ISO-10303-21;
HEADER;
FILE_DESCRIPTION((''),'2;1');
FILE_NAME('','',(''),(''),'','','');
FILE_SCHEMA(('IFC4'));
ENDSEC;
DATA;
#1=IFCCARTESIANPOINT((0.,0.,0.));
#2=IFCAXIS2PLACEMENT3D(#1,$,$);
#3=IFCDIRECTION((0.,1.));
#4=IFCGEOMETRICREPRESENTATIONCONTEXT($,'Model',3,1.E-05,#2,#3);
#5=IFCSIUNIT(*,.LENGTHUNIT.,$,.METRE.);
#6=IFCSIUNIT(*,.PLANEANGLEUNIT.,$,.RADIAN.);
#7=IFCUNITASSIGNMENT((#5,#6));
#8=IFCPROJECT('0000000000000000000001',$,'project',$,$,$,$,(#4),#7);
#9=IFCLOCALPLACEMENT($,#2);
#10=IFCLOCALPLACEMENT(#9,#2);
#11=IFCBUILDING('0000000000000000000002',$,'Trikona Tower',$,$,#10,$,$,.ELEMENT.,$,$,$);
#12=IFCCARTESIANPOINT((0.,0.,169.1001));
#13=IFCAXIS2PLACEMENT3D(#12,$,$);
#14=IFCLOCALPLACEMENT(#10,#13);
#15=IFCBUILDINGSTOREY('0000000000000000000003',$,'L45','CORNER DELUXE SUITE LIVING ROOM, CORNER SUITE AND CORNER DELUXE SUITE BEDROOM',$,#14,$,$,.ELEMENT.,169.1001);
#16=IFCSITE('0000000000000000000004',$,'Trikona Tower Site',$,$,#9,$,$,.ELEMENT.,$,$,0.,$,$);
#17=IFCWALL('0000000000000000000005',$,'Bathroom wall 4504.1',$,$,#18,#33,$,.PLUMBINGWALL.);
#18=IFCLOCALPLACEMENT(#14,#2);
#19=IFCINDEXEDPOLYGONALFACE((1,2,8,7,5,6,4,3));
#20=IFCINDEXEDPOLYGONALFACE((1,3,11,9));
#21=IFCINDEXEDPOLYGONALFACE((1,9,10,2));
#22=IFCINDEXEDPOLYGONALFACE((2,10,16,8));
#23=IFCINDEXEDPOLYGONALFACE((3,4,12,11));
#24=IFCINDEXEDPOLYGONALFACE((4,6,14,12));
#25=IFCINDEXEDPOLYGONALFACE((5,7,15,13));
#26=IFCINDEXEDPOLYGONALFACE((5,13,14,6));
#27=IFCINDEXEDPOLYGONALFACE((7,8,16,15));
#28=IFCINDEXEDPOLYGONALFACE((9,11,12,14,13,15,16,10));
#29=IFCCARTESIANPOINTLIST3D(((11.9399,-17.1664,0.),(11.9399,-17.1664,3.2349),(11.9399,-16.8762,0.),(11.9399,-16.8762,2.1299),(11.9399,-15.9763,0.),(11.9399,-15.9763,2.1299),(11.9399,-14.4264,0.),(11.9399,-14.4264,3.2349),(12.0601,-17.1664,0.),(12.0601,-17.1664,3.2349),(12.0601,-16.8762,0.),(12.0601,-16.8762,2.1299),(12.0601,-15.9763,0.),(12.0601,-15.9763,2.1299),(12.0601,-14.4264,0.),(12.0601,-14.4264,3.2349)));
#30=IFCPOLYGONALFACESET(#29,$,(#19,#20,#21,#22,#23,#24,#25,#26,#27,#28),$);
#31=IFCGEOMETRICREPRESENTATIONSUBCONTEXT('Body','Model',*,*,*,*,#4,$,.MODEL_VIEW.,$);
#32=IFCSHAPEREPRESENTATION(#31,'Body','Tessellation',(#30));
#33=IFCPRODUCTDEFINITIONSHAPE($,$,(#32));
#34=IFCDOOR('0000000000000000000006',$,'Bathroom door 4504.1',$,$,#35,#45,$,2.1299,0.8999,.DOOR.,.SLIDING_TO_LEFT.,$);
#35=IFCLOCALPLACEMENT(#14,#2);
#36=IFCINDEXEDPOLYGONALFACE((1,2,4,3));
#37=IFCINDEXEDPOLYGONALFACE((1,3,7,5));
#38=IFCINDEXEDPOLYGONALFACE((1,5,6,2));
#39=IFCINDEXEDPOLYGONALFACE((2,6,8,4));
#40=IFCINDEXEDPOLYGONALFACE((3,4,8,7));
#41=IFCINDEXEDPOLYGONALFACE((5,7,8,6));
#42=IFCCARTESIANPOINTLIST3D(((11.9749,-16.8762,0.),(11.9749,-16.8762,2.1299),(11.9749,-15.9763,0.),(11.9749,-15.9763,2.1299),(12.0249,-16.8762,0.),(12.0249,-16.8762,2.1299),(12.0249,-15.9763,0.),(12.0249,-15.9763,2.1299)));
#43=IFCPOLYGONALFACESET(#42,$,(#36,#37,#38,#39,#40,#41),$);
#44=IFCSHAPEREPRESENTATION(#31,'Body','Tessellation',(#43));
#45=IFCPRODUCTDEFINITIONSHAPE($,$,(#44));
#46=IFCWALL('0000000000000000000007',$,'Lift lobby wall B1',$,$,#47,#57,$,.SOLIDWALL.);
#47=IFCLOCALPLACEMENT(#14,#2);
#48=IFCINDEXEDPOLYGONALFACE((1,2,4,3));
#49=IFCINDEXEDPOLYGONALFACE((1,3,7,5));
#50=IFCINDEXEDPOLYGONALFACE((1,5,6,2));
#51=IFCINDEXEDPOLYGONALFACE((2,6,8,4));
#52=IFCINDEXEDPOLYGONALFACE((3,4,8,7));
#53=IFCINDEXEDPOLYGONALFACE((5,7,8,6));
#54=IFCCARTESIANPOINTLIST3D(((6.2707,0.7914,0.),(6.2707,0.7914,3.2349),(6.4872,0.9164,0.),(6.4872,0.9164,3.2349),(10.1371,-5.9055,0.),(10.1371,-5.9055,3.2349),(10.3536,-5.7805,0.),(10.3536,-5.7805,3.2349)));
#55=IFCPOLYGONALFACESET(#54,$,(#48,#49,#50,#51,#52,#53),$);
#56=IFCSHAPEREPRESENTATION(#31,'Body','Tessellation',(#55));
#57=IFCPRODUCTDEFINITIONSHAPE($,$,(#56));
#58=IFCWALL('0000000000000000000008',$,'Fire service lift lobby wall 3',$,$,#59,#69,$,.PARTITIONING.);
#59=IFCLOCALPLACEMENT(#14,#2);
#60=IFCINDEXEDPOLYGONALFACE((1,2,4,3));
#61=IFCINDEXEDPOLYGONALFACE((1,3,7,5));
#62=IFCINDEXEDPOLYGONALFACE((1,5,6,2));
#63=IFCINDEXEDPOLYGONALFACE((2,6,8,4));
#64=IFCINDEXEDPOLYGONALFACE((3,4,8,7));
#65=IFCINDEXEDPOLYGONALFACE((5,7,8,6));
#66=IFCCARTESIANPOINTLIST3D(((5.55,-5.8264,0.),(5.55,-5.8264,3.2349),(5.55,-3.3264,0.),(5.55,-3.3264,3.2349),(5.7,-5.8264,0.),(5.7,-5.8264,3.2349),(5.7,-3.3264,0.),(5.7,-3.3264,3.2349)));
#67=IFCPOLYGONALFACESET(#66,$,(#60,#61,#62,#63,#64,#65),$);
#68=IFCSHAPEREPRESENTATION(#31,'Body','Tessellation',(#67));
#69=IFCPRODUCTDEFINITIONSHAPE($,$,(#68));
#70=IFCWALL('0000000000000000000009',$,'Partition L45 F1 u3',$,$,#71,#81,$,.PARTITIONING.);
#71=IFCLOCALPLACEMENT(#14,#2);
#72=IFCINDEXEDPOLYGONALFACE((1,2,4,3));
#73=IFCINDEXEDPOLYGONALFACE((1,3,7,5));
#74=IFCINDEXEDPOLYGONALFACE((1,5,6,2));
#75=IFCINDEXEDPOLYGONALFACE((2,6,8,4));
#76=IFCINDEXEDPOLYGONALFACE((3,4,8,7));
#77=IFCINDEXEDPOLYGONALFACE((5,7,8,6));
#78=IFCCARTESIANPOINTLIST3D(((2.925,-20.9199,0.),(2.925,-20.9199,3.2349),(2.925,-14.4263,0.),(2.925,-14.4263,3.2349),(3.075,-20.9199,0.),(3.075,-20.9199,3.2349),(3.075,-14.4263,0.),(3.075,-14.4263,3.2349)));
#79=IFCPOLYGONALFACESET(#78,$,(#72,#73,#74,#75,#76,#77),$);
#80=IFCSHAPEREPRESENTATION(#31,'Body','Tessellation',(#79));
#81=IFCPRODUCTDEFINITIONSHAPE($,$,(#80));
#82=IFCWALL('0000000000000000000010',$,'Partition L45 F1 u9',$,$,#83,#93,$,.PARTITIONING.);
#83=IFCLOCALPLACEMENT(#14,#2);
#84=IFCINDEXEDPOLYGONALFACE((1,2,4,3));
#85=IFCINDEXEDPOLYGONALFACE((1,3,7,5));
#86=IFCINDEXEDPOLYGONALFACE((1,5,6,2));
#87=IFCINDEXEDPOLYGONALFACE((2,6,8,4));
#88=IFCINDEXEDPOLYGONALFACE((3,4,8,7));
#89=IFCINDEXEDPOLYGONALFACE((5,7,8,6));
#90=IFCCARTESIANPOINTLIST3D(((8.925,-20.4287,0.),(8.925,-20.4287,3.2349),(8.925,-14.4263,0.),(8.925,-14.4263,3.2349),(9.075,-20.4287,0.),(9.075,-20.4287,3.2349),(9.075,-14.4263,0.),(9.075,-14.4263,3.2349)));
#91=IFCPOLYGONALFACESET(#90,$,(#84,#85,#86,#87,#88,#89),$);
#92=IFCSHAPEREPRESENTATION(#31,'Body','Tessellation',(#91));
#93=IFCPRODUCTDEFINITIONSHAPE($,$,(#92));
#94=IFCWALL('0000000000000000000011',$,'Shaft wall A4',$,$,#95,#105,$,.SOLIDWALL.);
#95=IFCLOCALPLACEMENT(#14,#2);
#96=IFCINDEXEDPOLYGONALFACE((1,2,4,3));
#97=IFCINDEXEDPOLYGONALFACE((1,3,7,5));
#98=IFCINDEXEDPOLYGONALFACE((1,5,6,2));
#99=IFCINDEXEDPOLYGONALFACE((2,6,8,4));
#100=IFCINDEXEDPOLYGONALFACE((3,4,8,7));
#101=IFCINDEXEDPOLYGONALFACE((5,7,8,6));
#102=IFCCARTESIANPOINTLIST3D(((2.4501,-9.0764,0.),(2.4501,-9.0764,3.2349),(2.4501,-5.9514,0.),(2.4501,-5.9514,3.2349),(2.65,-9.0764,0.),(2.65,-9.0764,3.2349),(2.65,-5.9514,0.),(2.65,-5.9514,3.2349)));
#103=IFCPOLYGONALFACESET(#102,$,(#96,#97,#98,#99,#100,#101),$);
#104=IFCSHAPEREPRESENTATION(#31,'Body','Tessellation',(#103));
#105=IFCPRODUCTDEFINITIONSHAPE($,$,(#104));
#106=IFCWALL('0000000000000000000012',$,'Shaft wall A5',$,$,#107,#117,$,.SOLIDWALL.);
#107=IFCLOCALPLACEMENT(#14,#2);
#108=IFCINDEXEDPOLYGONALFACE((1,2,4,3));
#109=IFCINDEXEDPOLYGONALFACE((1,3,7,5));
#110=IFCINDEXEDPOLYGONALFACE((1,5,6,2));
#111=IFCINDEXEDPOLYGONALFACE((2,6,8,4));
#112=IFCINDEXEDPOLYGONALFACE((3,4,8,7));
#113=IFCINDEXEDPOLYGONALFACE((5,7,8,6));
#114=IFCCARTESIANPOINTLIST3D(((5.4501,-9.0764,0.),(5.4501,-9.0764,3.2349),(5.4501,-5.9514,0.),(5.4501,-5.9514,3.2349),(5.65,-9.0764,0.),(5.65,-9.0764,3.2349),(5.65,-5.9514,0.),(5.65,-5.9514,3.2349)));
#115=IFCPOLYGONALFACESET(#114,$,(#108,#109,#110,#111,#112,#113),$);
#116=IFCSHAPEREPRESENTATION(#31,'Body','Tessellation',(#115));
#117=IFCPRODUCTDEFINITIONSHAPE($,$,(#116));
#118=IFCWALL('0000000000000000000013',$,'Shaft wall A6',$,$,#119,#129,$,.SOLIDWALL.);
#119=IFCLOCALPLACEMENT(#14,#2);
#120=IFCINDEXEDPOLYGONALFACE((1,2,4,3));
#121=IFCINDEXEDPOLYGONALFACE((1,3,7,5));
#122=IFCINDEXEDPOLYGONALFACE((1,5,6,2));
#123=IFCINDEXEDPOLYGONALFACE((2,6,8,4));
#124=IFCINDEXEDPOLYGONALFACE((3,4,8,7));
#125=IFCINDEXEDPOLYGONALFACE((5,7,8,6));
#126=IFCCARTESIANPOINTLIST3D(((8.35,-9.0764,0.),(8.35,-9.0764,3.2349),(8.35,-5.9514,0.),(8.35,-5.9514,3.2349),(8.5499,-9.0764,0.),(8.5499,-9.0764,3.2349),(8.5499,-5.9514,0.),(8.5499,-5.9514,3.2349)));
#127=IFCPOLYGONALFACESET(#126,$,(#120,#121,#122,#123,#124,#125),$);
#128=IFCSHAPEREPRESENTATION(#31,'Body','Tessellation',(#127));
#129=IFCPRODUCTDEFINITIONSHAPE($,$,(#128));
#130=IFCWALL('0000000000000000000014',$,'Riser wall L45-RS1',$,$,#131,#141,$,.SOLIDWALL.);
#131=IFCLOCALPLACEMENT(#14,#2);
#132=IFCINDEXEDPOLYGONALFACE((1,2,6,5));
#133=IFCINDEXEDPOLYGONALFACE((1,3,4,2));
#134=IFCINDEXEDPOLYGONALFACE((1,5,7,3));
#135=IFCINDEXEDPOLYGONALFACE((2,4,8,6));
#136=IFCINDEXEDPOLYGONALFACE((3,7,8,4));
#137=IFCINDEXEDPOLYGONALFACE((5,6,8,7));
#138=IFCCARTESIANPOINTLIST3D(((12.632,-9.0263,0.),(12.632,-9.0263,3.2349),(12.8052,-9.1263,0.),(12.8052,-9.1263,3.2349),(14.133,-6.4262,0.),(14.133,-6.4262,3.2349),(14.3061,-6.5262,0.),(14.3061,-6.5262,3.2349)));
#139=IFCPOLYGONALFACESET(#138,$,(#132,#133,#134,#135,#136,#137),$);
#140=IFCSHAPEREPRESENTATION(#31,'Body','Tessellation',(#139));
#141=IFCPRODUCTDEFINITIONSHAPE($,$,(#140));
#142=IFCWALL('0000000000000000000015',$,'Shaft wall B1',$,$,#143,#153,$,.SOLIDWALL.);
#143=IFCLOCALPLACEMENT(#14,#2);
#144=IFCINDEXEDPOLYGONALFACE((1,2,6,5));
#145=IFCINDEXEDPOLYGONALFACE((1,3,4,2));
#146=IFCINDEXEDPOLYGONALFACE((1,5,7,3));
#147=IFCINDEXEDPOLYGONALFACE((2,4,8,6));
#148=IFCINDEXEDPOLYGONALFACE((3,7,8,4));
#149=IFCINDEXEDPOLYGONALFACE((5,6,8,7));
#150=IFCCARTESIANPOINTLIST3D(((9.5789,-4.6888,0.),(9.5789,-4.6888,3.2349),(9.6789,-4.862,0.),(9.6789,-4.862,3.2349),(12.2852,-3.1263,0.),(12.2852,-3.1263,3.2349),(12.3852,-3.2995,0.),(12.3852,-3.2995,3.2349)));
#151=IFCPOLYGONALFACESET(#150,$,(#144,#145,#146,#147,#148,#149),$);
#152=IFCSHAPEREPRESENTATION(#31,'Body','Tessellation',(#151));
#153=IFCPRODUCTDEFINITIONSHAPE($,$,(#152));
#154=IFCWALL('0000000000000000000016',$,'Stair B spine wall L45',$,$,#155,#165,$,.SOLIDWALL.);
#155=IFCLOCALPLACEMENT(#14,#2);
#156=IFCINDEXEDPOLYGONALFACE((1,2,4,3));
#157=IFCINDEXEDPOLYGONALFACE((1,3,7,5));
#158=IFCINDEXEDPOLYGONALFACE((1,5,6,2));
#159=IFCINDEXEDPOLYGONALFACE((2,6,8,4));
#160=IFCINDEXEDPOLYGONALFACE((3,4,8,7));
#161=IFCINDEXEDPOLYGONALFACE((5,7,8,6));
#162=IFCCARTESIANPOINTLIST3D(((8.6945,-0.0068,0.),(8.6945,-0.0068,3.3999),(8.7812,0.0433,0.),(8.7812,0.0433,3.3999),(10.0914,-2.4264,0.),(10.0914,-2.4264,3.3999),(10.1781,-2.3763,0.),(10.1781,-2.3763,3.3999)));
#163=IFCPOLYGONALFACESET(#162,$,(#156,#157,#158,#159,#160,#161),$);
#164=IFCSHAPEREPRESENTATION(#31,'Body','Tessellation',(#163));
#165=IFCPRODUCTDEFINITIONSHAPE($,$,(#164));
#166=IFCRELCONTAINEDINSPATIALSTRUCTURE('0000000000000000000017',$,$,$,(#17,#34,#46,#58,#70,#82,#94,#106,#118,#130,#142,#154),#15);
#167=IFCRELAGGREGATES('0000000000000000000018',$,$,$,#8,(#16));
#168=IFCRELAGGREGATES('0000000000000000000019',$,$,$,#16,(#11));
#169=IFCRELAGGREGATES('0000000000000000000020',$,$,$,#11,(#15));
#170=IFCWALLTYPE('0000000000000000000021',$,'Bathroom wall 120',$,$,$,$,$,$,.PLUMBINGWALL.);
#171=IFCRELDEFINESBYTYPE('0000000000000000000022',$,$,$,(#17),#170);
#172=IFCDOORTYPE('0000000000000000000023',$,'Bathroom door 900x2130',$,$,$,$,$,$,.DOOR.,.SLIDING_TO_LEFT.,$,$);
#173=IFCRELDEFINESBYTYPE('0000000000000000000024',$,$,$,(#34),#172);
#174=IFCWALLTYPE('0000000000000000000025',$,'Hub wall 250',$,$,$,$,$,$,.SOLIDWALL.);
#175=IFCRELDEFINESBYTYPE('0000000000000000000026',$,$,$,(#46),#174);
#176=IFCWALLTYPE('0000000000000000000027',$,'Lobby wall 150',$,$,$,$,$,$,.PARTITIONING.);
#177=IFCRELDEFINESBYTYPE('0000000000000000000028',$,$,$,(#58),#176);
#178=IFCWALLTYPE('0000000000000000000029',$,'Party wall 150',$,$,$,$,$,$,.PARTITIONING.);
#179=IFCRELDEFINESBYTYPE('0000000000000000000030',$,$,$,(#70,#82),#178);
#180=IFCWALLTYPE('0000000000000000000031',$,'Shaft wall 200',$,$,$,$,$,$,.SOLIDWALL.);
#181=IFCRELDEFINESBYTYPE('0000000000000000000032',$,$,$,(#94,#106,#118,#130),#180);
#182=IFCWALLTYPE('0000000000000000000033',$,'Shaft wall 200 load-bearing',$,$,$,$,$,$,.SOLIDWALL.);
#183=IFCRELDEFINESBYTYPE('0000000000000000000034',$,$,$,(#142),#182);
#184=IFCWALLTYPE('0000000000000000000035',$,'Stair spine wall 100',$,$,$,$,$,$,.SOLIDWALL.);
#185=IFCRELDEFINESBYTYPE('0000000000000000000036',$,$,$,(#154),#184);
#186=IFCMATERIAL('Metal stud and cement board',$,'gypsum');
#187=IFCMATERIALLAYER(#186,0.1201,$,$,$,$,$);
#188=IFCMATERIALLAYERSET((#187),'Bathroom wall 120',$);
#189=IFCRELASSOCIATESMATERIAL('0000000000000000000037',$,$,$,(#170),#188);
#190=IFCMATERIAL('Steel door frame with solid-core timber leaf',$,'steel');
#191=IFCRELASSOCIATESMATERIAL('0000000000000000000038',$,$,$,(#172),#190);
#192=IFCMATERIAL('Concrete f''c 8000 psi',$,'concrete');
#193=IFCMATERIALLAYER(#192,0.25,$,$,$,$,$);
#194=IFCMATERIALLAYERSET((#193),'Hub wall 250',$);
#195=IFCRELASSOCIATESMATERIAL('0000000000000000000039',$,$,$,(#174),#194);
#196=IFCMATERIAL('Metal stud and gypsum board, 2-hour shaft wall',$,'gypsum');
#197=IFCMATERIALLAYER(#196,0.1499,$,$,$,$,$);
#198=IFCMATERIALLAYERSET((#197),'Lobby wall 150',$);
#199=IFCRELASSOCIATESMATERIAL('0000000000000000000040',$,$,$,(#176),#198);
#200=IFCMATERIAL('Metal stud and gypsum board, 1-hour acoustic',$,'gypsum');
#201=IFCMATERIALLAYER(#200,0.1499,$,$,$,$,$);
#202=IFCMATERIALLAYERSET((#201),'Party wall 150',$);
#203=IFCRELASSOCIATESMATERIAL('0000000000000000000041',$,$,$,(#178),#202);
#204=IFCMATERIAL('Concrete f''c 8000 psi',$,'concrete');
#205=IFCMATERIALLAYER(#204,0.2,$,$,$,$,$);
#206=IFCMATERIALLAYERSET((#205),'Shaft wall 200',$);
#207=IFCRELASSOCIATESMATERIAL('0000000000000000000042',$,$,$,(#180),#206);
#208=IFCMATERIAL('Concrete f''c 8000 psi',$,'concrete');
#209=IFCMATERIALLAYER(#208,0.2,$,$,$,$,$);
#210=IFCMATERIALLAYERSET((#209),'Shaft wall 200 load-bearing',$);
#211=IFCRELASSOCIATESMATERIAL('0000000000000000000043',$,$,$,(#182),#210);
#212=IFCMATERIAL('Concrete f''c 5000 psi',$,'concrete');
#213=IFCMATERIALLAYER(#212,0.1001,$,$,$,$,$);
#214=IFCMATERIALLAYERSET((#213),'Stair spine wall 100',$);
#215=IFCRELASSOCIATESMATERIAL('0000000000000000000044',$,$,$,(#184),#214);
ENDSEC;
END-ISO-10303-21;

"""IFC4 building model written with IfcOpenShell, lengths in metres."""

from ifc_helpers import new_model, si_unit, direction, frame, frame_2d, origin, place, context, subcontext, project, spatial, rectangle, extrude, material, layer, layer_set, type_object, element, fill, save


model = new_model("IFC4")

# Units and contexts
model_context = context("Model", 3, precision=1e-05, world=origin(), true_north=direction((0.0, 1.0)))
body_context = subcontext(model_context, "Body", "Model", "MODEL_VIEW")
ifc_project = project(units=[si_unit("LENGTHUNIT", "METRE"), si_unit("PLANEANGLEUNIT", "RADIAN")], contexts=[model_context])

# Site, building, storey
site_placement = place(None, origin())
site = spatial("IfcSite", under=ifc_project, at=site_placement, Name="Trikona Tower Site", CompositionType="ELEMENT", RefElevation=0.0)
building_placement = place(site_placement, origin())
building = spatial("IfcBuilding", under=site, at=building_placement, Name="Trikona Tower", CompositionType="ELEMENT")
storey_placement = place(building_placement, frame((0.0, 0.0, 169.1001)))
storey = spatial("IfcBuildingStorey", under=building, at=storey_placement, Name="L45", Description="CORNER DELUXE SUITE LIVING ROOM, CORNER SUITE AND CORNER DELUXE SUITE BEDROOM", CompositionType="ELEMENT", Elevation=169.1001)

# Shared definitions
ifc_material_1 = material(Name="Metal stud and cement board", Category="gypsum")
ifc_layer_1 = layer(ifc_material_1, 0.1201)
ifc_layer_set_1 = layer_set([ifc_layer_1], Name="Bathroom wall 120")
wall_type_1 = type_object("IfcWallType", Name="Bathroom wall 120", PredefinedType="PLUMBINGWALL", material=ifc_layer_set_1)

# Shared definitions
ifc_material_2 = material(Name="Steel door frame with solid-core timber leaf", Category="steel")
door_type_1 = type_object("IfcDoorType", Name="Bathroom door 900x2130", OperationType="SLIDING_TO_LEFT", PredefinedType="DOOR", material=ifc_material_2)

# Wall, opening, door
wall_1_placement = place(storey_placement, frame((12.0, -14.4263, 0.0), z_axis=(0.0, 0.0, 1.0), x_axis=(0.0, -1.0, 0.0)))
wall_1 = element("IfcWall", 1, at=wall_1_placement, inside=storey, type_object=wall_type_1, Name="Bathroom wall 4504.1", PredefinedType="PLUMBINGWALL", context=body_context, shape_type="SweptSolid", body=[
    extrude(rectangle(XDim=2.74, YDim=0.1201, at=frame_2d((1.3701, 0.0))), origin(), (0.0, 0.0, 1.0), 3.2349),
])
opening_1_placement = place(wall_1_placement, frame((1.55, 0.0, 0.0)))
opening_1 = element("IfcOpeningElement", 2, at=opening_1_placement, cuts=wall_1, PredefinedType="OPENING", context=body_context, shape_type="SweptSolid", body=[
    extrude(rectangle(XDim=0.8999, YDim=2.1299, at=frame_2d((0.45, 1.0649))), frame((0.0, 0.0701, 0.0), z_axis=(0.0, -1.0, 0.0), x_axis=(1.0, 0.0, 0.0)), (0.0, 0.0, 1.0), 0.1401),
])
door_1_placement = place(opening_1_placement, origin())
door_1 = element("IfcDoor", 3, at=door_1_placement, inside=storey, type_object=door_type_1, Name="Bathroom door 4504.1", OperationType="SLIDING_TO_LEFT", OverallHeight=2.1299, OverallWidth=0.8999, PredefinedType="DOOR", context=body_context, shape_type="SweptSolid", body=[
    extrude(rectangle(XDim=0.8999, YDim=2.1299, at=frame_2d((0.45, 1.0649))), frame((0.0, 0.0249, 0.0), z_axis=(0.0, -1.0, 0.0), x_axis=(1.0, 0.0, 0.0)), (0.0, 0.0, 1.0), 0.05),
])
fill(opening_1, door_1)

# Walls
ifc_material_3 = material(Name="Concrete f'c 8000 psi", Category="concrete")
ifc_layer_2 = layer(ifc_material_3, 0.25)
ifc_layer_set_2 = layer_set([ifc_layer_2], Name="Hub wall 250")
wall_type_2 = type_object("IfcWallType", Name="Hub wall 250", PredefinedType="SOLIDWALL", material=ifc_layer_set_2)
wall_2_placement = place(storey_placement, frame((10.2454, -5.843, 0.0), z_axis=(0.0, 0.0, 1.0), x_axis=(-0.499993, 0.866029, 0.0)))
element("IfcWall", 4, at=wall_2_placement, inside=storey, type_object=wall_type_2, Name="Lift lobby wall B1", PredefinedType="SOLIDWALL", context=body_context, shape_type="SweptSolid", body=[
    extrude(rectangle(XDim=7.7329, YDim=0.25, at=frame_2d((3.8665, 0.0))), origin(), (0.0, 0.0, 1.0), 3.2349),
])
ifc_material_4 = material(Name="Metal stud and gypsum board, 2-hour shaft wall", Category="gypsum")
ifc_layer_3 = layer(ifc_material_4, 0.1499)
ifc_layer_set_3 = layer_set([ifc_layer_3], Name="Lobby wall 150")
wall_type_3 = type_object("IfcWallType", Name="Lobby wall 150", PredefinedType="PARTITIONING", material=ifc_layer_set_3)
wall_3_placement = place(storey_placement, frame((5.625, -5.8264, 0.0), z_axis=(0.0, 0.0, 1.0), x_axis=(0.0, 1.0, 0.0)))
element("IfcWall", 5, at=wall_3_placement, inside=storey, type_object=wall_type_3, Name="Fire service lift lobby wall 3", PredefinedType="PARTITIONING", context=body_context, shape_type="SweptSolid", body=[
    extrude(rectangle(XDim=2.5, YDim=0.1499, at=frame_2d((1.25, 0.0))), origin(), (0.0, 0.0, 1.0), 3.2349),
])
ifc_material_5 = material(Name="Metal stud and gypsum board, 1-hour acoustic", Category="gypsum")
ifc_layer_4 = layer(ifc_material_5, 0.1499)
ifc_layer_set_4 = layer_set([ifc_layer_4], Name="Party wall 150")
wall_type_4 = type_object("IfcWallType", Name="Party wall 150", PredefinedType="PARTITIONING", material=ifc_layer_set_4)
wall_4_placement = place(storey_placement, frame((3.0, -14.4263, 0.0), z_axis=(0.0, 0.0, 1.0), x_axis=(0.0, -1.0, 0.0)))
element("IfcWall", 6, at=wall_4_placement, inside=storey, type_object=wall_type_4, Name="Partition L45 F1 u3", PredefinedType="PARTITIONING", context=body_context, shape_type="SweptSolid", body=[
    extrude(rectangle(XDim=6.4937, YDim=0.1499, at=frame_2d((3.2468, 0.0))), origin(), (0.0, 0.0, 1.0), 3.2349),
])
wall_5_placement = place(storey_placement, frame((9.0, -14.4263, 0.0), z_axis=(0.0, 0.0, 1.0), x_axis=(0.0, -1.0, 0.0)))
element("IfcWall", 7, at=wall_5_placement, inside=storey, type_object=wall_type_4, Name="Partition L45 F1 u9", PredefinedType="PARTITIONING", context=body_context, shape_type="SweptSolid", body=[
    extrude(rectangle(XDim=6.0024, YDim=0.1499, at=frame_2d((3.0012, 0.0))), origin(), (0.0, 0.0, 1.0), 3.2349),
])
ifc_material_6 = material(Name="Concrete f'c 8000 psi", Category="concrete")
ifc_layer_5 = layer(ifc_material_6, 0.2)
ifc_layer_set_5 = layer_set([ifc_layer_5], Name="Shaft wall 200")
wall_type_5 = type_object("IfcWallType", Name="Shaft wall 200", PredefinedType="SOLIDWALL", material=ifc_layer_set_5)
for number, where, z_axis, x_axis, name in (
    (8, (2.55, -5.9514, 0.0), (0.0, 0.0, 1.0), (0.0, -1.0, 0.0), "Shaft wall A4"),
    (9, (5.55, -5.9514, 0.0), (0.0, 0.0, 1.0), (0.0, -1.0, 0.0), "Shaft wall A5"),
    (10, (8.45, -5.9514, 0.0), (0.0, 0.0, 1.0), (0.0, -1.0, 0.0), "Shaft wall A6"),
):
    element("IfcWall", number, at=place(storey_placement, frame(where, z_axis=z_axis, x_axis=x_axis)), inside=storey, type_object=wall_type_5, Name=name, PredefinedType="SOLIDWALL", context=body_context, shape_type="SweptSolid", body=[
        extrude(rectangle(XDim=3.125, YDim=0.2, at=frame_2d((1.5625, 0.0))), origin(), (0.0, 0.0, 1.0), 3.2349),
    ])
wall_6_placement = place(storey_placement, frame((14.2195, -6.4763, 0.0), z_axis=(0.0, 0.0, 1.0), x_axis=(-0.499952, -0.866053, 0.0)))
element("IfcWall", 11, at=wall_6_placement, inside=storey, type_object=wall_type_5, Name="Riser wall L45-RS1", PredefinedType="SOLIDWALL", context=body_context, shape_type="SweptSolid", body=[
    extrude(rectangle(XDim=3.0022, YDim=0.2, at=frame_2d((1.501, 0.0))), origin(), (0.0, 0.0, 1.0), 3.2349),
])
ifc_material_7 = material(Name="Concrete f'c 8000 psi", Category="concrete")
ifc_layer_6 = layer(ifc_material_7, 0.2)
ifc_layer_set_6 = layer_set([ifc_layer_6], Name="Shaft wall 200 load-bearing")
wall_type_6 = type_object("IfcWallType", Name="Shaft wall 200 load-bearing", PredefinedType="SOLIDWALL", material=ifc_layer_set_6)
wall_7_placement = place(storey_placement, frame((9.6289, -4.7754, 0.0), z_axis=(0.0, 0.0, 1.0), x_axis=(0.866023, 0.500004, 0.0)))
element("IfcWall", 12, at=wall_7_placement, inside=storey, type_object=wall_type_6, Name="Shaft wall B1", PredefinedType="SOLIDWALL", context=body_context, shape_type="SweptSolid", body=[
    extrude(rectangle(XDim=3.125, YDim=0.2, at=frame_2d((1.5625, 0.0))), origin(), (0.0, 0.0, 1.0), 3.2349),
])
ifc_material_8 = material(Name="Concrete f'c 5000 psi", Category="concrete")
ifc_layer_7 = layer(ifc_material_8, 0.1001)
ifc_layer_set_7 = layer_set([ifc_layer_7], Name="Stair spine wall 100")
wall_type_7 = type_object("IfcWallType", Name="Stair spine wall 100", PredefinedType="SOLIDWALL", material=ifc_layer_set_7)
wall_8_placement = place(storey_placement, frame((10.1348, -2.4014, 0.0), z_axis=(0.0, 0.0, 1.0), x_axis=(-0.499992, 0.86603, 0.0)))
element("IfcWall", 13, at=wall_8_placement, inside=storey, type_object=wall_type_7, Name="Stair B spine wall L45", PredefinedType="SOLIDWALL", context=body_context, shape_type="SweptSolid", body=[
    extrude(rectangle(XDim=2.7939, YDim=0.1001, at=frame_2d((1.397, 0.0))), origin(), (0.0, 0.0, 1.0), 3.3999),
])

save(model, "model.ifc")
